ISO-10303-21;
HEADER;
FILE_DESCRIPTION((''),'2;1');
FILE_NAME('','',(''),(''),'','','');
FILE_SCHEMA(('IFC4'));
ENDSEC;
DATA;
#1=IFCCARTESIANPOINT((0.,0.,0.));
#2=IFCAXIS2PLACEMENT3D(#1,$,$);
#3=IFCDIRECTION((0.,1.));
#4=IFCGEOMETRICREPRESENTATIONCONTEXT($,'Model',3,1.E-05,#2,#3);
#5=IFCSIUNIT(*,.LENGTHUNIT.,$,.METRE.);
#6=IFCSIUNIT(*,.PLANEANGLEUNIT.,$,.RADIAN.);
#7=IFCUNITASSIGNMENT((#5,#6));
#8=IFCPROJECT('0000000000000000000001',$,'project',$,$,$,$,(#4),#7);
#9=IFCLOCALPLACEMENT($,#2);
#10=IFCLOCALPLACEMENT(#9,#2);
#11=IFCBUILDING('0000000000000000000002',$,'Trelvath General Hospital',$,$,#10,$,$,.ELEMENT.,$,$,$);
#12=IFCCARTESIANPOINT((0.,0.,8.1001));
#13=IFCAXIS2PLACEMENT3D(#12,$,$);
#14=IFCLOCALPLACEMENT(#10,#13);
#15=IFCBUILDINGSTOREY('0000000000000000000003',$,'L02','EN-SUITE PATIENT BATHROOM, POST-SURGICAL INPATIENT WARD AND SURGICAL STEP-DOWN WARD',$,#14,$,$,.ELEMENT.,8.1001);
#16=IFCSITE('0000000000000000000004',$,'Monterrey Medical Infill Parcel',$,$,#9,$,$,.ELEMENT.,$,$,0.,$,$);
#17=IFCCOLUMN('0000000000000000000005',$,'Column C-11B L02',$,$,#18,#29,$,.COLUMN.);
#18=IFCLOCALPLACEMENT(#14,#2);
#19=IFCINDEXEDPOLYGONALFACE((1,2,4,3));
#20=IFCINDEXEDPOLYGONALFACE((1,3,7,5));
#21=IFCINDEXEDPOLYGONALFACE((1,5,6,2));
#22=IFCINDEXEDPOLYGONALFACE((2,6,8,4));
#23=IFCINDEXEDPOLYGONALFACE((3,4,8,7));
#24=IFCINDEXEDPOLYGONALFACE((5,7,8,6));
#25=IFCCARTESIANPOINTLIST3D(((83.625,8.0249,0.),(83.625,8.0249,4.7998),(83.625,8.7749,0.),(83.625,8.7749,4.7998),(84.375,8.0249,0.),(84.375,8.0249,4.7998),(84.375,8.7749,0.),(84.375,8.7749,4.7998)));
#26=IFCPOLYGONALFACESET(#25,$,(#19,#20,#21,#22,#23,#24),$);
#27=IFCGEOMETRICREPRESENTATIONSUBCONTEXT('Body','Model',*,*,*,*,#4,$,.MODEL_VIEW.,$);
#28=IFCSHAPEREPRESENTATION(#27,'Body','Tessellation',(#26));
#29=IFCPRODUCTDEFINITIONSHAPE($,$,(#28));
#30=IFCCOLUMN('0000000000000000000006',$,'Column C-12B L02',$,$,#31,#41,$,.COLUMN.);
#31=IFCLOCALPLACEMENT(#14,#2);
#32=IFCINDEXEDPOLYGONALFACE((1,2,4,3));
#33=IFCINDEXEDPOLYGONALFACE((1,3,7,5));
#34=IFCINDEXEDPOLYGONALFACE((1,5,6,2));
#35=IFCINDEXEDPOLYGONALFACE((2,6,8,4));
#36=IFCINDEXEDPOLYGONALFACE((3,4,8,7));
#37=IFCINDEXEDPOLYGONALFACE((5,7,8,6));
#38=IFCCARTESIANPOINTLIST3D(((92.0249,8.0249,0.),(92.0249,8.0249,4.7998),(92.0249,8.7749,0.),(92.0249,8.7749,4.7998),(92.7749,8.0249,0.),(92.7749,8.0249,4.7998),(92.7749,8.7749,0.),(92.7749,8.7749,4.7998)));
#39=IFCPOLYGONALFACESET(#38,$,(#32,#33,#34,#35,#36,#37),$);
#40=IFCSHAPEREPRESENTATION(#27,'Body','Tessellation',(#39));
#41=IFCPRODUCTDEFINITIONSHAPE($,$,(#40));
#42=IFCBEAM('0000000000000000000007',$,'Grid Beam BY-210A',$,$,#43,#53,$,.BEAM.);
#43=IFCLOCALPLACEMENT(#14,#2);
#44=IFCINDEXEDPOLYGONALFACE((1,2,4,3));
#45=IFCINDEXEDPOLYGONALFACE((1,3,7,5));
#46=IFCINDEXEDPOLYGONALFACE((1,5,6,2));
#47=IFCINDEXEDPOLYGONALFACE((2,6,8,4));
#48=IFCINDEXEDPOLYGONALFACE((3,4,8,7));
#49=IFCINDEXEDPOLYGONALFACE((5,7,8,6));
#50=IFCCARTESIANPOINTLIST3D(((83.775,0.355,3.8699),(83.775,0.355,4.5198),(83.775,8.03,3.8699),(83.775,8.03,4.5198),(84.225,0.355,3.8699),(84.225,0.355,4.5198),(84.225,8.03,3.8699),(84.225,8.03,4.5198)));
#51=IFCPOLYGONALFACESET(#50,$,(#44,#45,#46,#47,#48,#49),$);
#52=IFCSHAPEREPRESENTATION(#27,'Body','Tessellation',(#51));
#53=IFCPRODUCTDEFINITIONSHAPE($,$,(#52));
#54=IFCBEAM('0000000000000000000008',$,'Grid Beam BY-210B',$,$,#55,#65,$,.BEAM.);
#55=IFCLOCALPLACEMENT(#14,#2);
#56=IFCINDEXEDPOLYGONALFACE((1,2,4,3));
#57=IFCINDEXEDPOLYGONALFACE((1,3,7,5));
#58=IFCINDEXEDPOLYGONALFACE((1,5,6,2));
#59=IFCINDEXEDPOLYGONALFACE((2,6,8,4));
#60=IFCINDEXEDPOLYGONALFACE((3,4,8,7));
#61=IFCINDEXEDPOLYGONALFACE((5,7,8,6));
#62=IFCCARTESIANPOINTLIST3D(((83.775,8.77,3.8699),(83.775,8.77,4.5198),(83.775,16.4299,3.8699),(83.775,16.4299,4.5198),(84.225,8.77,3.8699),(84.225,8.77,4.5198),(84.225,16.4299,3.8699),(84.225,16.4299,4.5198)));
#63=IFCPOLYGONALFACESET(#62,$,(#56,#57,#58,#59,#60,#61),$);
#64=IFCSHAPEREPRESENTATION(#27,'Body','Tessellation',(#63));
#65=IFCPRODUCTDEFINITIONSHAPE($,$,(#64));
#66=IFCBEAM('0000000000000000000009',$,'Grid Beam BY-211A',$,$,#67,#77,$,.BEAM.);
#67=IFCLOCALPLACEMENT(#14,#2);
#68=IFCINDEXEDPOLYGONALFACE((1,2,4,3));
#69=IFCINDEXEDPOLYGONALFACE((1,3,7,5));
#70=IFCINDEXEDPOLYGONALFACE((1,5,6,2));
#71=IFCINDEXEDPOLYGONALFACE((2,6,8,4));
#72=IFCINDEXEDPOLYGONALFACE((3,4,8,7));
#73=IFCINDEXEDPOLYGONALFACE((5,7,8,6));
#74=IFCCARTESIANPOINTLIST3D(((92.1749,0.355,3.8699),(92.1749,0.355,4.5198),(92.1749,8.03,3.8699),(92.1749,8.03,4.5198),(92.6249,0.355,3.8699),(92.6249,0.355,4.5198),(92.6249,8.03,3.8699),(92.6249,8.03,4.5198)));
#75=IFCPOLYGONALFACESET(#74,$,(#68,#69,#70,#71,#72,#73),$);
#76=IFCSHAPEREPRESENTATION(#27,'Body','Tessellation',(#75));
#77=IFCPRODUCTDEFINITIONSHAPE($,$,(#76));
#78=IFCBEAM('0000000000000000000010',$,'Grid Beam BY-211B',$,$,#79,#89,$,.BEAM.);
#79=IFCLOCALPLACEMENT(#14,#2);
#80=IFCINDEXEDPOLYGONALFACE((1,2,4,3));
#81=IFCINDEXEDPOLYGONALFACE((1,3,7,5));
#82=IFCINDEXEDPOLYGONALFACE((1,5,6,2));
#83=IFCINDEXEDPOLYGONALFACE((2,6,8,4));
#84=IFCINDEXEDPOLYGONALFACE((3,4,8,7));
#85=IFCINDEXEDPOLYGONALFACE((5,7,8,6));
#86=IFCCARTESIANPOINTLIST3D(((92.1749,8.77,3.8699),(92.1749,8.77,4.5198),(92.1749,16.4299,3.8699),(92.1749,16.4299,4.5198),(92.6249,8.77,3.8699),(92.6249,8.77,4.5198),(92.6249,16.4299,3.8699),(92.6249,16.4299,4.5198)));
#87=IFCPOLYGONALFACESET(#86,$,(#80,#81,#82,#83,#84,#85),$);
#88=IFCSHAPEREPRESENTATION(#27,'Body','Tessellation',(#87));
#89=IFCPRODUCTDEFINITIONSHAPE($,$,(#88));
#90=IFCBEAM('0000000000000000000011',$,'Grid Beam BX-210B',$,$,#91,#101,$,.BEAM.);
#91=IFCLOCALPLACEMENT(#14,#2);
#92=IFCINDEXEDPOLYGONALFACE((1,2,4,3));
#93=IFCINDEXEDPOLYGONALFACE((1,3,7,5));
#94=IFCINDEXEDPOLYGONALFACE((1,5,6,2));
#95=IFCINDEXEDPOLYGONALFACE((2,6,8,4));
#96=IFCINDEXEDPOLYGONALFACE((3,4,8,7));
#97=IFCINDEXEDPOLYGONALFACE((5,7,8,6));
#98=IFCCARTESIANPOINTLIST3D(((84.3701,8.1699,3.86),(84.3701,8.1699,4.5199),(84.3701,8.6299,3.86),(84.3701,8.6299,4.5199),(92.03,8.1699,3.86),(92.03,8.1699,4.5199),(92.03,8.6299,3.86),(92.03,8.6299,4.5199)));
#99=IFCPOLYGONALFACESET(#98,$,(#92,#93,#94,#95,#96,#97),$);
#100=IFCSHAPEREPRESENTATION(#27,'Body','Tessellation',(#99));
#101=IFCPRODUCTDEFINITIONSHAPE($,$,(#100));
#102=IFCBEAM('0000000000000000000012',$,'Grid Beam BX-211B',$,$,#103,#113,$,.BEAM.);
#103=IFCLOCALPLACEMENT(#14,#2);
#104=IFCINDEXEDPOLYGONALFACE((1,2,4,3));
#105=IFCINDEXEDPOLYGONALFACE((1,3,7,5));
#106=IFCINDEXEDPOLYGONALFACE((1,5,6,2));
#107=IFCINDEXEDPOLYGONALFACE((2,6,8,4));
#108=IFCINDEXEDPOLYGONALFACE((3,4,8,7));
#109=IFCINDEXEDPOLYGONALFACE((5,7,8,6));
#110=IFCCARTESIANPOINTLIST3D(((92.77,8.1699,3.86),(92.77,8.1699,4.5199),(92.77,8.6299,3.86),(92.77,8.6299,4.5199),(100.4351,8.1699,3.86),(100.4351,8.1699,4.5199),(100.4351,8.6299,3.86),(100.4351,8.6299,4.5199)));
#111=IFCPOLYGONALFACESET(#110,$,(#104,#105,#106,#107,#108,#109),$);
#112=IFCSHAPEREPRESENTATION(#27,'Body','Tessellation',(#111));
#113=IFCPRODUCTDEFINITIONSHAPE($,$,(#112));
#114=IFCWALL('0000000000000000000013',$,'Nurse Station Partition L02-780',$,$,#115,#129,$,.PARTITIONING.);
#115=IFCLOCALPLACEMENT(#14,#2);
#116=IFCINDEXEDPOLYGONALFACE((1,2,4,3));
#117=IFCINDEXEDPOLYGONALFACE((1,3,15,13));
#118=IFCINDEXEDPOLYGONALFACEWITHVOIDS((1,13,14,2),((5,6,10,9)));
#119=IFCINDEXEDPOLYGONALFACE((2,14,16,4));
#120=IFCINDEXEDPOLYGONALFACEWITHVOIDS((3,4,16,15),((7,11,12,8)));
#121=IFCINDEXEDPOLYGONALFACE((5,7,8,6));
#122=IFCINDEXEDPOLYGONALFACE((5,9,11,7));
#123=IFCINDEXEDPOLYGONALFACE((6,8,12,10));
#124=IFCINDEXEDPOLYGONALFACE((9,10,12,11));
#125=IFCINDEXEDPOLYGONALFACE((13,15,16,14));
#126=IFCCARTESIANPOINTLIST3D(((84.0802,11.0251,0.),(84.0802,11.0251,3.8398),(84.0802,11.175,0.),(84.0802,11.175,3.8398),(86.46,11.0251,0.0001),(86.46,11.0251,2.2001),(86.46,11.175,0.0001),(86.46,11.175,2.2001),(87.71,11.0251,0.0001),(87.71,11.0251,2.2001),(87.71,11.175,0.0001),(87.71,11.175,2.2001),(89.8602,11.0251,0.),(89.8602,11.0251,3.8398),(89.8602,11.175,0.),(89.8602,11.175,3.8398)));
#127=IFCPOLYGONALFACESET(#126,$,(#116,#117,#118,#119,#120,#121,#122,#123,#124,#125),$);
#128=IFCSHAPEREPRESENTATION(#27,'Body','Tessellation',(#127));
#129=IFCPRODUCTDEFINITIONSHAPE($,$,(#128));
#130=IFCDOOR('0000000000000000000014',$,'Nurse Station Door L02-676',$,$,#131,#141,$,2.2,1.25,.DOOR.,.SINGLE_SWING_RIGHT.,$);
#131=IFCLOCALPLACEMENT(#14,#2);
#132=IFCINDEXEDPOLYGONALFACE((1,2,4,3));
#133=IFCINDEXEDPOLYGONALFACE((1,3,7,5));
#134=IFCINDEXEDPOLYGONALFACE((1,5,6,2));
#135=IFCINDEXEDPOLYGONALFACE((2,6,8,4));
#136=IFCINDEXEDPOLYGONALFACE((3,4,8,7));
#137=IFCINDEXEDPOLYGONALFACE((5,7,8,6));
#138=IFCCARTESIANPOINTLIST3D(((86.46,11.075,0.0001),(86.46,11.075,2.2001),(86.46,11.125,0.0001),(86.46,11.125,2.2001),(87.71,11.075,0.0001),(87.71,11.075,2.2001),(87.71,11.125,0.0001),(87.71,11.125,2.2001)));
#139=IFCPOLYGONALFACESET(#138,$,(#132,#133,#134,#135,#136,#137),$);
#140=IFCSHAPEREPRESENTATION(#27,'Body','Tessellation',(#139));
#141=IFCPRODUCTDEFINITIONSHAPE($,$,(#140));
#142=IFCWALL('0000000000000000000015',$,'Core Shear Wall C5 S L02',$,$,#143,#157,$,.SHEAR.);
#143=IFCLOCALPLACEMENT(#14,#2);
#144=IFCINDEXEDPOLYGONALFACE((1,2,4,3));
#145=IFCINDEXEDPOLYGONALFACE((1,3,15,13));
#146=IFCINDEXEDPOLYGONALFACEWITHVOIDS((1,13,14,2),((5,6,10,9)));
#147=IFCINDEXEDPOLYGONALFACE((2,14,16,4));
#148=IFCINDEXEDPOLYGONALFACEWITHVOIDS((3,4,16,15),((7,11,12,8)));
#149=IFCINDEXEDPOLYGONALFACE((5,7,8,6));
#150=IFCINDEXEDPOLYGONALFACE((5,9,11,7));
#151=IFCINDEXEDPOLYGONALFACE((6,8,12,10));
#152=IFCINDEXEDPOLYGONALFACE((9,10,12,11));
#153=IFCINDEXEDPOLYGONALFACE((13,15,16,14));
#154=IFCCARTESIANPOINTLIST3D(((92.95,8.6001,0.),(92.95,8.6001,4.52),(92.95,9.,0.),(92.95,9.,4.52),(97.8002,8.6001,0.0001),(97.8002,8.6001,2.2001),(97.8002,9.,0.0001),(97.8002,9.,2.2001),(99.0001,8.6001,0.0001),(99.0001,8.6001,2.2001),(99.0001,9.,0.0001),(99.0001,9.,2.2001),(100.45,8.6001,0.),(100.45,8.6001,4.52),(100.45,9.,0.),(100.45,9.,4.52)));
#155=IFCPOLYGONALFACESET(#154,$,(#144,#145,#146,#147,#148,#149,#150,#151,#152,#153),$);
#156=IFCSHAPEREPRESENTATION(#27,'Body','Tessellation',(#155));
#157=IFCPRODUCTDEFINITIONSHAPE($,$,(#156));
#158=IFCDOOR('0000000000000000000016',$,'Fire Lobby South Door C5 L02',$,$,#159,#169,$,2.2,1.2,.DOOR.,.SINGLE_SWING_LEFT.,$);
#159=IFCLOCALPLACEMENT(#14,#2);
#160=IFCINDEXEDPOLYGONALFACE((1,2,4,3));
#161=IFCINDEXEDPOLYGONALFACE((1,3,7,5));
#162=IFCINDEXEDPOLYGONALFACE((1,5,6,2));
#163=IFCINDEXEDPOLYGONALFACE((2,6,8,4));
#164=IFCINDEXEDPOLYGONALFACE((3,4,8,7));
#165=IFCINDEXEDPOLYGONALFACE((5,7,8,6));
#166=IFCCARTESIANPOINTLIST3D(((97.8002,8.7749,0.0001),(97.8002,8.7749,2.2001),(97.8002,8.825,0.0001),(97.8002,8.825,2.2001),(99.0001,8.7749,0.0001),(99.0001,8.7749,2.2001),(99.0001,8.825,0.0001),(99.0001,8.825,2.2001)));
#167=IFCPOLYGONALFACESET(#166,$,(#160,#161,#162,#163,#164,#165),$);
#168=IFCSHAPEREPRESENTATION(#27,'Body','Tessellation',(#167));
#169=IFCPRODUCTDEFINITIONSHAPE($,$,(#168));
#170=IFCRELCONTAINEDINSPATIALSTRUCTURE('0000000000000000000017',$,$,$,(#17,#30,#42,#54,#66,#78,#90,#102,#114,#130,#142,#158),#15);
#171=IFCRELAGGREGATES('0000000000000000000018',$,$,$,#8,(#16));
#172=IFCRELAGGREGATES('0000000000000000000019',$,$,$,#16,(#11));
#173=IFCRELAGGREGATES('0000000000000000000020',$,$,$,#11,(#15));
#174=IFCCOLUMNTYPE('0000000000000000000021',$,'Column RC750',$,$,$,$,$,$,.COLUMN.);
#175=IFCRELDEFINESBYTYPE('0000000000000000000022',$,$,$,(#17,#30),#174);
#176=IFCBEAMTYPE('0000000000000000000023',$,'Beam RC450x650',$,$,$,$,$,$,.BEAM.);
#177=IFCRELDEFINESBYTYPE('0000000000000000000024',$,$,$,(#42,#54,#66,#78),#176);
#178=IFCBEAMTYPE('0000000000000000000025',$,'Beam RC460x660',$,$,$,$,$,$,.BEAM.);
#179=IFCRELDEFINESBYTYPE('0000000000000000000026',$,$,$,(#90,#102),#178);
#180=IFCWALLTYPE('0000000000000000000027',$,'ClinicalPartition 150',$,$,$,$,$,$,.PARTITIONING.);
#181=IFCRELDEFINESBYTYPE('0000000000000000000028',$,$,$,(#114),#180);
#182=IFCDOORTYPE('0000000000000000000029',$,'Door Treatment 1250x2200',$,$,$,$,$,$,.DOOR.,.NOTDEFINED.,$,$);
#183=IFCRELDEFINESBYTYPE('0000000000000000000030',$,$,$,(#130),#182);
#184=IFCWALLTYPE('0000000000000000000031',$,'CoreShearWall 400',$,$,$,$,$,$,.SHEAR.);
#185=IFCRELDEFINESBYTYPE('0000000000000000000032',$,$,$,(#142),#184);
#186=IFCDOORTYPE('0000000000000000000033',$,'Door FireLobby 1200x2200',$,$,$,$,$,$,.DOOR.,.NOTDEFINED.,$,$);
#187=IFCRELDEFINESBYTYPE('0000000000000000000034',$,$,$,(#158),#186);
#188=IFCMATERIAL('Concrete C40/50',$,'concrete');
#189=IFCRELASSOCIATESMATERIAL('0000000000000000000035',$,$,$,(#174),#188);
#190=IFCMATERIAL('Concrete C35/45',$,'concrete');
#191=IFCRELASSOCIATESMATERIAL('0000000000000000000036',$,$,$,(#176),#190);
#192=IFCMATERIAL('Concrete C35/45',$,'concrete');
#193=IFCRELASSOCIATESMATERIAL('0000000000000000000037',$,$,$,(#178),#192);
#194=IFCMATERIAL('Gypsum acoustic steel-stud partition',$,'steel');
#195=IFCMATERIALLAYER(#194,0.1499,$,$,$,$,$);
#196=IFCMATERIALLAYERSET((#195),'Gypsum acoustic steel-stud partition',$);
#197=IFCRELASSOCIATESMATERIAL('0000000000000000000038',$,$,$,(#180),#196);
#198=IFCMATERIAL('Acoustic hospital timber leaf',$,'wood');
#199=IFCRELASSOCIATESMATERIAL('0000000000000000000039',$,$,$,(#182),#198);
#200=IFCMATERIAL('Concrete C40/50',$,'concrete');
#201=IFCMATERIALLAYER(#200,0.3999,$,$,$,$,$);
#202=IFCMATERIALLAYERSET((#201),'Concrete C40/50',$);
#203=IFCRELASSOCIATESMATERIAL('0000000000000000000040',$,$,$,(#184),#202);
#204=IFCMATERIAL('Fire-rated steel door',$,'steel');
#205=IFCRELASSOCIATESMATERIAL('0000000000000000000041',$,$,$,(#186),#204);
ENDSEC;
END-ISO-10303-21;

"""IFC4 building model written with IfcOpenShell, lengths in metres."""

from ifc_helpers import new_model, si_unit, direction, frame, frame_2d, origin, origin_2d, place, context, subcontext, project, spatial, rectangle, extrude, material, layer, layer_set, material_profile, profile_set, type_object, element, fill, save


model = new_model("IFC4")

# Units and contexts
model_context = context("Model", 3, precision=1e-05, world=origin(), true_north=direction((0.0, 1.0)))
body_context = subcontext(model_context, "Body", "Model", "MODEL_VIEW")
ifc_project = project(units=[si_unit("LENGTHUNIT", "METRE"), si_unit("PLANEANGLEUNIT", "RADIAN")], contexts=[model_context])

# Site, building, storey
site_placement = place(None, origin())
site = spatial("IfcSite", under=ifc_project, at=site_placement, Name="Monterrey Medical Infill Parcel", CompositionType="ELEMENT", RefElevation=0.0)
building_placement = place(site_placement, origin())
building = spatial("IfcBuilding", under=site, at=building_placement, Name="Trelvath General Hospital", CompositionType="ELEMENT")
storey_placement = place(building_placement, frame((0.0, 0.0, 8.1001)))
storey = spatial("IfcBuildingStorey", under=building, at=storey_placement, Name="L02", Description="EN-SUITE PATIENT BATHROOM, POST-SURGICAL INPATIENT WARD AND SURGICAL STEP-DOWN WARD", CompositionType="ELEMENT", Elevation=8.1001)

# Columns
ifc_material_1 = material(Name="Concrete C40/50", Category="concrete")
ifc_material_profile_1 = material_profile(ifc_material_1, rectangle(XDim=0.75, YDim=0.75, at=origin_2d()), Name="RC750x750")
ifc_profile_set_1 = profile_set([ifc_material_profile_1], Name="Concrete C40/50")
column_type = type_object("IfcColumnType", Name="Column RC750", PredefinedType="COLUMN", material=ifc_profile_set_1)
for number, where, z_axis, x_axis, name in (
    (1, (84.0, 8.3999, 0.0), (0.0, 0.0, 1.0), (1.0, 0.0, 0.0), "Column C-11B L02"),
    (2, (92.3999, 8.3999, 0.0), (0.0, 0.0, 1.0), (1.0, 0.0, 0.0), "Column C-12B L02"),
):
    element("IfcColumn", number, at=place(storey_placement, frame(where, z_axis=z_axis, x_axis=x_axis)), inside=storey, type_object=column_type, Name=name, PredefinedType="COLUMN", context=body_context, shape_type="SweptSolid", body=[
        extrude(rectangle(XDim=0.75, YDim=0.75, at=origin_2d()), origin(), (0.0, 0.0, 1.0), 4.7998),
    ])

# Beams
ifc_material_2 = material(Name="Concrete C35/45", Category="concrete")
ifc_material_profile_2 = material_profile(ifc_material_2, rectangle(XDim=0.45, YDim=0.6499, at=origin_2d()), Name="RCB450x650")
ifc_profile_set_2 = profile_set([ifc_material_profile_2], Name="Concrete C35/45")
beam_type_1 = type_object("IfcBeamType", Name="Beam RC450x650", PredefinedType="BEAM", material=ifc_profile_set_2)
beam_1_placement = place(storey_placement, frame((84.0, 0.355, 4.1948), z_axis=(0.0, 1.0, 0.0), x_axis=(-1.0, 0.0, 0.0)))
element("IfcBeam", 3, at=beam_1_placement, inside=storey, type_object=beam_type_1, Name="Grid Beam BY-210A", PredefinedType="BEAM", context=body_context, shape_type="SweptSolid", body=[
    extrude(rectangle(XDim=0.45, YDim=0.6499, at=origin_2d()), origin(), (0.0, 0.0, 1.0), 7.675),
])
beam_2_placement = place(storey_placement, frame((84.0, 8.77, 4.1948), z_axis=(0.0, 1.0, 0.0), x_axis=(-1.0, 0.0, 0.0)))
element("IfcBeam", 4, at=beam_2_placement, inside=storey, type_object=beam_type_1, Name="Grid Beam BY-210B", PredefinedType="BEAM", context=body_context, shape_type="SweptSolid", body=[
    extrude(rectangle(XDim=0.45, YDim=0.6499, at=origin_2d()), origin(), (0.0, 0.0, 1.0), 7.6599),
])
beam_3_placement = place(storey_placement, frame((92.3999, 0.355, 4.1948), z_axis=(0.0, 1.0, 0.0), x_axis=(-1.0, 0.0, 0.0)))
element("IfcBeam", 5, at=beam_3_placement, inside=storey, type_object=beam_type_1, Name="Grid Beam BY-211A", PredefinedType="BEAM", context=body_context, shape_type="SweptSolid", body=[
    extrude(rectangle(XDim=0.45, YDim=0.6499, at=origin_2d()), origin(), (0.0, 0.0, 1.0), 7.675),
])
beam_4_placement = place(storey_placement, frame((92.3999, 8.77, 4.1948), z_axis=(0.0, 1.0, 0.0), x_axis=(-1.0, 0.0, 0.0)))
element("IfcBeam", 6, at=beam_4_placement, inside=storey, type_object=beam_type_1, Name="Grid Beam BY-211B", PredefinedType="BEAM", context=body_context, shape_type="SweptSolid", body=[
    extrude(rectangle(XDim=0.45, YDim=0.6499, at=origin_2d()), origin(), (0.0, 0.0, 1.0), 7.6599),
])
ifc_material_3 = material(Name="Concrete C35/45", Category="concrete")
ifc_material_profile_3 = material_profile(ifc_material_3, rectangle(XDim=0.46, YDim=0.6599, at=origin_2d()), Name="RCB460x660")
ifc_profile_set_3 = profile_set([ifc_material_profile_3], Name="Concrete C35/45")
beam_type_2 = type_object("IfcBeamType", Name="Beam RC460x660", PredefinedType="BEAM", material=ifc_profile_set_3)
beam_5_placement = place(storey_placement, frame((84.3701, 8.3999, 4.1899), z_axis=(1.0, 0.0, 0.0), x_axis=(0.0, 1.0, 0.0)))
element("IfcBeam", 7, at=beam_5_placement, inside=storey, type_object=beam_type_2, Name="Grid Beam BX-210B", PredefinedType="BEAM", context=body_context, shape_type="SweptSolid", body=[
    extrude(rectangle(XDim=0.46, YDim=0.6599, at=origin_2d()), origin(), (0.0, 0.0, 1.0), 7.6599),
])
beam_6_placement = place(storey_placement, frame((92.77, 8.3999, 4.1899), z_axis=(1.0, 0.0, 0.0), x_axis=(0.0, 1.0, 0.0)))
element("IfcBeam", 8, at=beam_6_placement, inside=storey, type_object=beam_type_2, Name="Grid Beam BX-211B", PredefinedType="BEAM", context=body_context, shape_type="SweptSolid", body=[
    extrude(rectangle(XDim=0.46, YDim=0.6599, at=origin_2d()), origin(), (0.0, 0.0, 1.0), 7.665),
])

# Walls, openings, doors
ifc_material_4 = material(Name="Gypsum acoustic steel-stud partition", Category="steel")
ifc_layer_1 = layer(ifc_material_4, 0.1499)
ifc_layer_set_1 = layer_set([ifc_layer_1], Name="Gypsum acoustic steel-stud partition")
wall_type_1 = type_object("IfcWallType", Name="ClinicalPartition 150", PredefinedType="PARTITIONING", material=ifc_layer_set_1)
wall_1_placement = place(storey_placement, frame((84.0801, 11.1001, 0.0), z_axis=(0.0, 0.0, 1.0), x_axis=(1.0, 0.0, 0.0)))
wall_1 = element("IfcWall", 9, at=wall_1_placement, inside=storey, type_object=wall_type_1, Name="Nurse Station Partition L02-780", PredefinedType="PARTITIONING", context=body_context, shape_type="SweptSolid", body=[
    extrude(rectangle(XDim=5.78, YDim=0.1499, at=frame_2d((2.8901, 0.0))), origin(), (0.0, 0.0, 1.0), 3.8398),
])
opening_1_placement = place(wall_1_placement, frame((2.3799, 0.0, 0.0)))
opening_1 = element("IfcOpeningElement", 10, at=opening_1_placement, cuts=wall_1, PredefinedType="OPENING", context=body_context, shape_type="SweptSolid", body=[
    extrude(rectangle(XDim=1.25, YDim=2.2, at=frame_2d((0.625, 1.1001))), frame((0.0, 0.085, 0.0), z_axis=(0.0, -1.0, 0.0), x_axis=(1.0, 0.0, 0.0)), (0.0, 0.0, 1.0), 0.1699),
])
ifc_material_5 = material(Name="Acoustic hospital timber leaf", Category="wood")
door_type_1 = type_object("IfcDoorType", Name="Door Treatment 1250x2200", OperationType="NOTDEFINED", PredefinedType="DOOR", material=ifc_material_5)
door_1_placement = place(opening_1_placement, origin())
door_1 = element("IfcDoor", 11, at=door_1_placement, inside=storey, type_object=door_type_1, Name="Nurse Station Door L02-676", OperationType="SINGLE_SWING_RIGHT", OverallHeight=2.2, OverallWidth=1.25, PredefinedType="DOOR", context=body_context, shape_type="SweptSolid", body=[
    extrude(rectangle(XDim=1.25, YDim=2.2, at=frame_2d((0.625, 1.1001))), frame((0.0, 0.0249, 0.0), z_axis=(0.0, -1.0, 0.0), x_axis=(1.0, 0.0, 0.0)), (0.0, 0.0, 1.0), 0.05),
])
fill(opening_1, door_1)
ifc_material_6 = material(Name="Concrete C40/50", Category="concrete")
ifc_layer_2 = layer(ifc_material_6, 0.3999)
ifc_layer_set_2 = layer_set([ifc_layer_2], Name="Concrete C40/50")
wall_type_2 = type_object("IfcWallType", Name="CoreShearWall 400", PredefinedType="SHEAR", material=ifc_layer_set_2)
wall_2_placement = place(storey_placement, frame((92.95, 8.8, 0.0), z_axis=(0.0, 0.0, 1.0), x_axis=(1.0, 0.0, 0.0)))
wall_2 = element("IfcWall", 12, at=wall_2_placement, inside=storey, type_object=wall_type_2, Name="Core Shear Wall C5 S L02", PredefinedType="SHEAR", context=body_context, shape_type="SweptSolid", body=[
    extrude(rectangle(XDim=7.5, YDim=0.3999, at=frame_2d((3.75, 0.0))), origin(), (0.0, 0.0, 1.0), 4.52),
])
opening_2_placement = place(wall_2_placement, frame((4.8501, 0.0, 0.0)))
opening_2 = element("IfcOpeningElement", 13, at=opening_2_placement, cuts=wall_2, PredefinedType="OPENING", context=body_context, shape_type="SweptSolid", body=[
    extrude(rectangle(XDim=1.2, YDim=2.2, at=frame_2d((0.6001, 1.1001))), frame((0.0, 0.21, 0.0), z_axis=(0.0, -1.0, 0.0), x_axis=(1.0, 0.0, 0.0)), (0.0, 0.0, 1.0), 0.4199),
])
ifc_material_7 = material(Name="Fire-rated steel door", Category="steel")
door_type_2 = type_object("IfcDoorType", Name="Door FireLobby 1200x2200", OperationType="NOTDEFINED", PredefinedType="DOOR", material=ifc_material_7)
door_2_placement = place(opening_2_placement, origin())
door_2 = element("IfcDoor", 14, at=door_2_placement, inside=storey, type_object=door_type_2, Name="Fire Lobby South Door C5 L02", OperationType="SINGLE_SWING_LEFT", OverallHeight=2.2, OverallWidth=1.2, PredefinedType="DOOR", context=body_context, shape_type="SweptSolid", body=[
    extrude(rectangle(XDim=1.2, YDim=2.2, at=frame_2d((0.6001, 1.1001))), frame((0.0, 0.0249, 0.0), z_axis=(0.0, -1.0, 0.0), x_axis=(1.0, 0.0, 0.0)), (0.0, 0.0, 1.0), 0.05),
])
fill(opening_2, door_2)

save(model, "model.ifc")
